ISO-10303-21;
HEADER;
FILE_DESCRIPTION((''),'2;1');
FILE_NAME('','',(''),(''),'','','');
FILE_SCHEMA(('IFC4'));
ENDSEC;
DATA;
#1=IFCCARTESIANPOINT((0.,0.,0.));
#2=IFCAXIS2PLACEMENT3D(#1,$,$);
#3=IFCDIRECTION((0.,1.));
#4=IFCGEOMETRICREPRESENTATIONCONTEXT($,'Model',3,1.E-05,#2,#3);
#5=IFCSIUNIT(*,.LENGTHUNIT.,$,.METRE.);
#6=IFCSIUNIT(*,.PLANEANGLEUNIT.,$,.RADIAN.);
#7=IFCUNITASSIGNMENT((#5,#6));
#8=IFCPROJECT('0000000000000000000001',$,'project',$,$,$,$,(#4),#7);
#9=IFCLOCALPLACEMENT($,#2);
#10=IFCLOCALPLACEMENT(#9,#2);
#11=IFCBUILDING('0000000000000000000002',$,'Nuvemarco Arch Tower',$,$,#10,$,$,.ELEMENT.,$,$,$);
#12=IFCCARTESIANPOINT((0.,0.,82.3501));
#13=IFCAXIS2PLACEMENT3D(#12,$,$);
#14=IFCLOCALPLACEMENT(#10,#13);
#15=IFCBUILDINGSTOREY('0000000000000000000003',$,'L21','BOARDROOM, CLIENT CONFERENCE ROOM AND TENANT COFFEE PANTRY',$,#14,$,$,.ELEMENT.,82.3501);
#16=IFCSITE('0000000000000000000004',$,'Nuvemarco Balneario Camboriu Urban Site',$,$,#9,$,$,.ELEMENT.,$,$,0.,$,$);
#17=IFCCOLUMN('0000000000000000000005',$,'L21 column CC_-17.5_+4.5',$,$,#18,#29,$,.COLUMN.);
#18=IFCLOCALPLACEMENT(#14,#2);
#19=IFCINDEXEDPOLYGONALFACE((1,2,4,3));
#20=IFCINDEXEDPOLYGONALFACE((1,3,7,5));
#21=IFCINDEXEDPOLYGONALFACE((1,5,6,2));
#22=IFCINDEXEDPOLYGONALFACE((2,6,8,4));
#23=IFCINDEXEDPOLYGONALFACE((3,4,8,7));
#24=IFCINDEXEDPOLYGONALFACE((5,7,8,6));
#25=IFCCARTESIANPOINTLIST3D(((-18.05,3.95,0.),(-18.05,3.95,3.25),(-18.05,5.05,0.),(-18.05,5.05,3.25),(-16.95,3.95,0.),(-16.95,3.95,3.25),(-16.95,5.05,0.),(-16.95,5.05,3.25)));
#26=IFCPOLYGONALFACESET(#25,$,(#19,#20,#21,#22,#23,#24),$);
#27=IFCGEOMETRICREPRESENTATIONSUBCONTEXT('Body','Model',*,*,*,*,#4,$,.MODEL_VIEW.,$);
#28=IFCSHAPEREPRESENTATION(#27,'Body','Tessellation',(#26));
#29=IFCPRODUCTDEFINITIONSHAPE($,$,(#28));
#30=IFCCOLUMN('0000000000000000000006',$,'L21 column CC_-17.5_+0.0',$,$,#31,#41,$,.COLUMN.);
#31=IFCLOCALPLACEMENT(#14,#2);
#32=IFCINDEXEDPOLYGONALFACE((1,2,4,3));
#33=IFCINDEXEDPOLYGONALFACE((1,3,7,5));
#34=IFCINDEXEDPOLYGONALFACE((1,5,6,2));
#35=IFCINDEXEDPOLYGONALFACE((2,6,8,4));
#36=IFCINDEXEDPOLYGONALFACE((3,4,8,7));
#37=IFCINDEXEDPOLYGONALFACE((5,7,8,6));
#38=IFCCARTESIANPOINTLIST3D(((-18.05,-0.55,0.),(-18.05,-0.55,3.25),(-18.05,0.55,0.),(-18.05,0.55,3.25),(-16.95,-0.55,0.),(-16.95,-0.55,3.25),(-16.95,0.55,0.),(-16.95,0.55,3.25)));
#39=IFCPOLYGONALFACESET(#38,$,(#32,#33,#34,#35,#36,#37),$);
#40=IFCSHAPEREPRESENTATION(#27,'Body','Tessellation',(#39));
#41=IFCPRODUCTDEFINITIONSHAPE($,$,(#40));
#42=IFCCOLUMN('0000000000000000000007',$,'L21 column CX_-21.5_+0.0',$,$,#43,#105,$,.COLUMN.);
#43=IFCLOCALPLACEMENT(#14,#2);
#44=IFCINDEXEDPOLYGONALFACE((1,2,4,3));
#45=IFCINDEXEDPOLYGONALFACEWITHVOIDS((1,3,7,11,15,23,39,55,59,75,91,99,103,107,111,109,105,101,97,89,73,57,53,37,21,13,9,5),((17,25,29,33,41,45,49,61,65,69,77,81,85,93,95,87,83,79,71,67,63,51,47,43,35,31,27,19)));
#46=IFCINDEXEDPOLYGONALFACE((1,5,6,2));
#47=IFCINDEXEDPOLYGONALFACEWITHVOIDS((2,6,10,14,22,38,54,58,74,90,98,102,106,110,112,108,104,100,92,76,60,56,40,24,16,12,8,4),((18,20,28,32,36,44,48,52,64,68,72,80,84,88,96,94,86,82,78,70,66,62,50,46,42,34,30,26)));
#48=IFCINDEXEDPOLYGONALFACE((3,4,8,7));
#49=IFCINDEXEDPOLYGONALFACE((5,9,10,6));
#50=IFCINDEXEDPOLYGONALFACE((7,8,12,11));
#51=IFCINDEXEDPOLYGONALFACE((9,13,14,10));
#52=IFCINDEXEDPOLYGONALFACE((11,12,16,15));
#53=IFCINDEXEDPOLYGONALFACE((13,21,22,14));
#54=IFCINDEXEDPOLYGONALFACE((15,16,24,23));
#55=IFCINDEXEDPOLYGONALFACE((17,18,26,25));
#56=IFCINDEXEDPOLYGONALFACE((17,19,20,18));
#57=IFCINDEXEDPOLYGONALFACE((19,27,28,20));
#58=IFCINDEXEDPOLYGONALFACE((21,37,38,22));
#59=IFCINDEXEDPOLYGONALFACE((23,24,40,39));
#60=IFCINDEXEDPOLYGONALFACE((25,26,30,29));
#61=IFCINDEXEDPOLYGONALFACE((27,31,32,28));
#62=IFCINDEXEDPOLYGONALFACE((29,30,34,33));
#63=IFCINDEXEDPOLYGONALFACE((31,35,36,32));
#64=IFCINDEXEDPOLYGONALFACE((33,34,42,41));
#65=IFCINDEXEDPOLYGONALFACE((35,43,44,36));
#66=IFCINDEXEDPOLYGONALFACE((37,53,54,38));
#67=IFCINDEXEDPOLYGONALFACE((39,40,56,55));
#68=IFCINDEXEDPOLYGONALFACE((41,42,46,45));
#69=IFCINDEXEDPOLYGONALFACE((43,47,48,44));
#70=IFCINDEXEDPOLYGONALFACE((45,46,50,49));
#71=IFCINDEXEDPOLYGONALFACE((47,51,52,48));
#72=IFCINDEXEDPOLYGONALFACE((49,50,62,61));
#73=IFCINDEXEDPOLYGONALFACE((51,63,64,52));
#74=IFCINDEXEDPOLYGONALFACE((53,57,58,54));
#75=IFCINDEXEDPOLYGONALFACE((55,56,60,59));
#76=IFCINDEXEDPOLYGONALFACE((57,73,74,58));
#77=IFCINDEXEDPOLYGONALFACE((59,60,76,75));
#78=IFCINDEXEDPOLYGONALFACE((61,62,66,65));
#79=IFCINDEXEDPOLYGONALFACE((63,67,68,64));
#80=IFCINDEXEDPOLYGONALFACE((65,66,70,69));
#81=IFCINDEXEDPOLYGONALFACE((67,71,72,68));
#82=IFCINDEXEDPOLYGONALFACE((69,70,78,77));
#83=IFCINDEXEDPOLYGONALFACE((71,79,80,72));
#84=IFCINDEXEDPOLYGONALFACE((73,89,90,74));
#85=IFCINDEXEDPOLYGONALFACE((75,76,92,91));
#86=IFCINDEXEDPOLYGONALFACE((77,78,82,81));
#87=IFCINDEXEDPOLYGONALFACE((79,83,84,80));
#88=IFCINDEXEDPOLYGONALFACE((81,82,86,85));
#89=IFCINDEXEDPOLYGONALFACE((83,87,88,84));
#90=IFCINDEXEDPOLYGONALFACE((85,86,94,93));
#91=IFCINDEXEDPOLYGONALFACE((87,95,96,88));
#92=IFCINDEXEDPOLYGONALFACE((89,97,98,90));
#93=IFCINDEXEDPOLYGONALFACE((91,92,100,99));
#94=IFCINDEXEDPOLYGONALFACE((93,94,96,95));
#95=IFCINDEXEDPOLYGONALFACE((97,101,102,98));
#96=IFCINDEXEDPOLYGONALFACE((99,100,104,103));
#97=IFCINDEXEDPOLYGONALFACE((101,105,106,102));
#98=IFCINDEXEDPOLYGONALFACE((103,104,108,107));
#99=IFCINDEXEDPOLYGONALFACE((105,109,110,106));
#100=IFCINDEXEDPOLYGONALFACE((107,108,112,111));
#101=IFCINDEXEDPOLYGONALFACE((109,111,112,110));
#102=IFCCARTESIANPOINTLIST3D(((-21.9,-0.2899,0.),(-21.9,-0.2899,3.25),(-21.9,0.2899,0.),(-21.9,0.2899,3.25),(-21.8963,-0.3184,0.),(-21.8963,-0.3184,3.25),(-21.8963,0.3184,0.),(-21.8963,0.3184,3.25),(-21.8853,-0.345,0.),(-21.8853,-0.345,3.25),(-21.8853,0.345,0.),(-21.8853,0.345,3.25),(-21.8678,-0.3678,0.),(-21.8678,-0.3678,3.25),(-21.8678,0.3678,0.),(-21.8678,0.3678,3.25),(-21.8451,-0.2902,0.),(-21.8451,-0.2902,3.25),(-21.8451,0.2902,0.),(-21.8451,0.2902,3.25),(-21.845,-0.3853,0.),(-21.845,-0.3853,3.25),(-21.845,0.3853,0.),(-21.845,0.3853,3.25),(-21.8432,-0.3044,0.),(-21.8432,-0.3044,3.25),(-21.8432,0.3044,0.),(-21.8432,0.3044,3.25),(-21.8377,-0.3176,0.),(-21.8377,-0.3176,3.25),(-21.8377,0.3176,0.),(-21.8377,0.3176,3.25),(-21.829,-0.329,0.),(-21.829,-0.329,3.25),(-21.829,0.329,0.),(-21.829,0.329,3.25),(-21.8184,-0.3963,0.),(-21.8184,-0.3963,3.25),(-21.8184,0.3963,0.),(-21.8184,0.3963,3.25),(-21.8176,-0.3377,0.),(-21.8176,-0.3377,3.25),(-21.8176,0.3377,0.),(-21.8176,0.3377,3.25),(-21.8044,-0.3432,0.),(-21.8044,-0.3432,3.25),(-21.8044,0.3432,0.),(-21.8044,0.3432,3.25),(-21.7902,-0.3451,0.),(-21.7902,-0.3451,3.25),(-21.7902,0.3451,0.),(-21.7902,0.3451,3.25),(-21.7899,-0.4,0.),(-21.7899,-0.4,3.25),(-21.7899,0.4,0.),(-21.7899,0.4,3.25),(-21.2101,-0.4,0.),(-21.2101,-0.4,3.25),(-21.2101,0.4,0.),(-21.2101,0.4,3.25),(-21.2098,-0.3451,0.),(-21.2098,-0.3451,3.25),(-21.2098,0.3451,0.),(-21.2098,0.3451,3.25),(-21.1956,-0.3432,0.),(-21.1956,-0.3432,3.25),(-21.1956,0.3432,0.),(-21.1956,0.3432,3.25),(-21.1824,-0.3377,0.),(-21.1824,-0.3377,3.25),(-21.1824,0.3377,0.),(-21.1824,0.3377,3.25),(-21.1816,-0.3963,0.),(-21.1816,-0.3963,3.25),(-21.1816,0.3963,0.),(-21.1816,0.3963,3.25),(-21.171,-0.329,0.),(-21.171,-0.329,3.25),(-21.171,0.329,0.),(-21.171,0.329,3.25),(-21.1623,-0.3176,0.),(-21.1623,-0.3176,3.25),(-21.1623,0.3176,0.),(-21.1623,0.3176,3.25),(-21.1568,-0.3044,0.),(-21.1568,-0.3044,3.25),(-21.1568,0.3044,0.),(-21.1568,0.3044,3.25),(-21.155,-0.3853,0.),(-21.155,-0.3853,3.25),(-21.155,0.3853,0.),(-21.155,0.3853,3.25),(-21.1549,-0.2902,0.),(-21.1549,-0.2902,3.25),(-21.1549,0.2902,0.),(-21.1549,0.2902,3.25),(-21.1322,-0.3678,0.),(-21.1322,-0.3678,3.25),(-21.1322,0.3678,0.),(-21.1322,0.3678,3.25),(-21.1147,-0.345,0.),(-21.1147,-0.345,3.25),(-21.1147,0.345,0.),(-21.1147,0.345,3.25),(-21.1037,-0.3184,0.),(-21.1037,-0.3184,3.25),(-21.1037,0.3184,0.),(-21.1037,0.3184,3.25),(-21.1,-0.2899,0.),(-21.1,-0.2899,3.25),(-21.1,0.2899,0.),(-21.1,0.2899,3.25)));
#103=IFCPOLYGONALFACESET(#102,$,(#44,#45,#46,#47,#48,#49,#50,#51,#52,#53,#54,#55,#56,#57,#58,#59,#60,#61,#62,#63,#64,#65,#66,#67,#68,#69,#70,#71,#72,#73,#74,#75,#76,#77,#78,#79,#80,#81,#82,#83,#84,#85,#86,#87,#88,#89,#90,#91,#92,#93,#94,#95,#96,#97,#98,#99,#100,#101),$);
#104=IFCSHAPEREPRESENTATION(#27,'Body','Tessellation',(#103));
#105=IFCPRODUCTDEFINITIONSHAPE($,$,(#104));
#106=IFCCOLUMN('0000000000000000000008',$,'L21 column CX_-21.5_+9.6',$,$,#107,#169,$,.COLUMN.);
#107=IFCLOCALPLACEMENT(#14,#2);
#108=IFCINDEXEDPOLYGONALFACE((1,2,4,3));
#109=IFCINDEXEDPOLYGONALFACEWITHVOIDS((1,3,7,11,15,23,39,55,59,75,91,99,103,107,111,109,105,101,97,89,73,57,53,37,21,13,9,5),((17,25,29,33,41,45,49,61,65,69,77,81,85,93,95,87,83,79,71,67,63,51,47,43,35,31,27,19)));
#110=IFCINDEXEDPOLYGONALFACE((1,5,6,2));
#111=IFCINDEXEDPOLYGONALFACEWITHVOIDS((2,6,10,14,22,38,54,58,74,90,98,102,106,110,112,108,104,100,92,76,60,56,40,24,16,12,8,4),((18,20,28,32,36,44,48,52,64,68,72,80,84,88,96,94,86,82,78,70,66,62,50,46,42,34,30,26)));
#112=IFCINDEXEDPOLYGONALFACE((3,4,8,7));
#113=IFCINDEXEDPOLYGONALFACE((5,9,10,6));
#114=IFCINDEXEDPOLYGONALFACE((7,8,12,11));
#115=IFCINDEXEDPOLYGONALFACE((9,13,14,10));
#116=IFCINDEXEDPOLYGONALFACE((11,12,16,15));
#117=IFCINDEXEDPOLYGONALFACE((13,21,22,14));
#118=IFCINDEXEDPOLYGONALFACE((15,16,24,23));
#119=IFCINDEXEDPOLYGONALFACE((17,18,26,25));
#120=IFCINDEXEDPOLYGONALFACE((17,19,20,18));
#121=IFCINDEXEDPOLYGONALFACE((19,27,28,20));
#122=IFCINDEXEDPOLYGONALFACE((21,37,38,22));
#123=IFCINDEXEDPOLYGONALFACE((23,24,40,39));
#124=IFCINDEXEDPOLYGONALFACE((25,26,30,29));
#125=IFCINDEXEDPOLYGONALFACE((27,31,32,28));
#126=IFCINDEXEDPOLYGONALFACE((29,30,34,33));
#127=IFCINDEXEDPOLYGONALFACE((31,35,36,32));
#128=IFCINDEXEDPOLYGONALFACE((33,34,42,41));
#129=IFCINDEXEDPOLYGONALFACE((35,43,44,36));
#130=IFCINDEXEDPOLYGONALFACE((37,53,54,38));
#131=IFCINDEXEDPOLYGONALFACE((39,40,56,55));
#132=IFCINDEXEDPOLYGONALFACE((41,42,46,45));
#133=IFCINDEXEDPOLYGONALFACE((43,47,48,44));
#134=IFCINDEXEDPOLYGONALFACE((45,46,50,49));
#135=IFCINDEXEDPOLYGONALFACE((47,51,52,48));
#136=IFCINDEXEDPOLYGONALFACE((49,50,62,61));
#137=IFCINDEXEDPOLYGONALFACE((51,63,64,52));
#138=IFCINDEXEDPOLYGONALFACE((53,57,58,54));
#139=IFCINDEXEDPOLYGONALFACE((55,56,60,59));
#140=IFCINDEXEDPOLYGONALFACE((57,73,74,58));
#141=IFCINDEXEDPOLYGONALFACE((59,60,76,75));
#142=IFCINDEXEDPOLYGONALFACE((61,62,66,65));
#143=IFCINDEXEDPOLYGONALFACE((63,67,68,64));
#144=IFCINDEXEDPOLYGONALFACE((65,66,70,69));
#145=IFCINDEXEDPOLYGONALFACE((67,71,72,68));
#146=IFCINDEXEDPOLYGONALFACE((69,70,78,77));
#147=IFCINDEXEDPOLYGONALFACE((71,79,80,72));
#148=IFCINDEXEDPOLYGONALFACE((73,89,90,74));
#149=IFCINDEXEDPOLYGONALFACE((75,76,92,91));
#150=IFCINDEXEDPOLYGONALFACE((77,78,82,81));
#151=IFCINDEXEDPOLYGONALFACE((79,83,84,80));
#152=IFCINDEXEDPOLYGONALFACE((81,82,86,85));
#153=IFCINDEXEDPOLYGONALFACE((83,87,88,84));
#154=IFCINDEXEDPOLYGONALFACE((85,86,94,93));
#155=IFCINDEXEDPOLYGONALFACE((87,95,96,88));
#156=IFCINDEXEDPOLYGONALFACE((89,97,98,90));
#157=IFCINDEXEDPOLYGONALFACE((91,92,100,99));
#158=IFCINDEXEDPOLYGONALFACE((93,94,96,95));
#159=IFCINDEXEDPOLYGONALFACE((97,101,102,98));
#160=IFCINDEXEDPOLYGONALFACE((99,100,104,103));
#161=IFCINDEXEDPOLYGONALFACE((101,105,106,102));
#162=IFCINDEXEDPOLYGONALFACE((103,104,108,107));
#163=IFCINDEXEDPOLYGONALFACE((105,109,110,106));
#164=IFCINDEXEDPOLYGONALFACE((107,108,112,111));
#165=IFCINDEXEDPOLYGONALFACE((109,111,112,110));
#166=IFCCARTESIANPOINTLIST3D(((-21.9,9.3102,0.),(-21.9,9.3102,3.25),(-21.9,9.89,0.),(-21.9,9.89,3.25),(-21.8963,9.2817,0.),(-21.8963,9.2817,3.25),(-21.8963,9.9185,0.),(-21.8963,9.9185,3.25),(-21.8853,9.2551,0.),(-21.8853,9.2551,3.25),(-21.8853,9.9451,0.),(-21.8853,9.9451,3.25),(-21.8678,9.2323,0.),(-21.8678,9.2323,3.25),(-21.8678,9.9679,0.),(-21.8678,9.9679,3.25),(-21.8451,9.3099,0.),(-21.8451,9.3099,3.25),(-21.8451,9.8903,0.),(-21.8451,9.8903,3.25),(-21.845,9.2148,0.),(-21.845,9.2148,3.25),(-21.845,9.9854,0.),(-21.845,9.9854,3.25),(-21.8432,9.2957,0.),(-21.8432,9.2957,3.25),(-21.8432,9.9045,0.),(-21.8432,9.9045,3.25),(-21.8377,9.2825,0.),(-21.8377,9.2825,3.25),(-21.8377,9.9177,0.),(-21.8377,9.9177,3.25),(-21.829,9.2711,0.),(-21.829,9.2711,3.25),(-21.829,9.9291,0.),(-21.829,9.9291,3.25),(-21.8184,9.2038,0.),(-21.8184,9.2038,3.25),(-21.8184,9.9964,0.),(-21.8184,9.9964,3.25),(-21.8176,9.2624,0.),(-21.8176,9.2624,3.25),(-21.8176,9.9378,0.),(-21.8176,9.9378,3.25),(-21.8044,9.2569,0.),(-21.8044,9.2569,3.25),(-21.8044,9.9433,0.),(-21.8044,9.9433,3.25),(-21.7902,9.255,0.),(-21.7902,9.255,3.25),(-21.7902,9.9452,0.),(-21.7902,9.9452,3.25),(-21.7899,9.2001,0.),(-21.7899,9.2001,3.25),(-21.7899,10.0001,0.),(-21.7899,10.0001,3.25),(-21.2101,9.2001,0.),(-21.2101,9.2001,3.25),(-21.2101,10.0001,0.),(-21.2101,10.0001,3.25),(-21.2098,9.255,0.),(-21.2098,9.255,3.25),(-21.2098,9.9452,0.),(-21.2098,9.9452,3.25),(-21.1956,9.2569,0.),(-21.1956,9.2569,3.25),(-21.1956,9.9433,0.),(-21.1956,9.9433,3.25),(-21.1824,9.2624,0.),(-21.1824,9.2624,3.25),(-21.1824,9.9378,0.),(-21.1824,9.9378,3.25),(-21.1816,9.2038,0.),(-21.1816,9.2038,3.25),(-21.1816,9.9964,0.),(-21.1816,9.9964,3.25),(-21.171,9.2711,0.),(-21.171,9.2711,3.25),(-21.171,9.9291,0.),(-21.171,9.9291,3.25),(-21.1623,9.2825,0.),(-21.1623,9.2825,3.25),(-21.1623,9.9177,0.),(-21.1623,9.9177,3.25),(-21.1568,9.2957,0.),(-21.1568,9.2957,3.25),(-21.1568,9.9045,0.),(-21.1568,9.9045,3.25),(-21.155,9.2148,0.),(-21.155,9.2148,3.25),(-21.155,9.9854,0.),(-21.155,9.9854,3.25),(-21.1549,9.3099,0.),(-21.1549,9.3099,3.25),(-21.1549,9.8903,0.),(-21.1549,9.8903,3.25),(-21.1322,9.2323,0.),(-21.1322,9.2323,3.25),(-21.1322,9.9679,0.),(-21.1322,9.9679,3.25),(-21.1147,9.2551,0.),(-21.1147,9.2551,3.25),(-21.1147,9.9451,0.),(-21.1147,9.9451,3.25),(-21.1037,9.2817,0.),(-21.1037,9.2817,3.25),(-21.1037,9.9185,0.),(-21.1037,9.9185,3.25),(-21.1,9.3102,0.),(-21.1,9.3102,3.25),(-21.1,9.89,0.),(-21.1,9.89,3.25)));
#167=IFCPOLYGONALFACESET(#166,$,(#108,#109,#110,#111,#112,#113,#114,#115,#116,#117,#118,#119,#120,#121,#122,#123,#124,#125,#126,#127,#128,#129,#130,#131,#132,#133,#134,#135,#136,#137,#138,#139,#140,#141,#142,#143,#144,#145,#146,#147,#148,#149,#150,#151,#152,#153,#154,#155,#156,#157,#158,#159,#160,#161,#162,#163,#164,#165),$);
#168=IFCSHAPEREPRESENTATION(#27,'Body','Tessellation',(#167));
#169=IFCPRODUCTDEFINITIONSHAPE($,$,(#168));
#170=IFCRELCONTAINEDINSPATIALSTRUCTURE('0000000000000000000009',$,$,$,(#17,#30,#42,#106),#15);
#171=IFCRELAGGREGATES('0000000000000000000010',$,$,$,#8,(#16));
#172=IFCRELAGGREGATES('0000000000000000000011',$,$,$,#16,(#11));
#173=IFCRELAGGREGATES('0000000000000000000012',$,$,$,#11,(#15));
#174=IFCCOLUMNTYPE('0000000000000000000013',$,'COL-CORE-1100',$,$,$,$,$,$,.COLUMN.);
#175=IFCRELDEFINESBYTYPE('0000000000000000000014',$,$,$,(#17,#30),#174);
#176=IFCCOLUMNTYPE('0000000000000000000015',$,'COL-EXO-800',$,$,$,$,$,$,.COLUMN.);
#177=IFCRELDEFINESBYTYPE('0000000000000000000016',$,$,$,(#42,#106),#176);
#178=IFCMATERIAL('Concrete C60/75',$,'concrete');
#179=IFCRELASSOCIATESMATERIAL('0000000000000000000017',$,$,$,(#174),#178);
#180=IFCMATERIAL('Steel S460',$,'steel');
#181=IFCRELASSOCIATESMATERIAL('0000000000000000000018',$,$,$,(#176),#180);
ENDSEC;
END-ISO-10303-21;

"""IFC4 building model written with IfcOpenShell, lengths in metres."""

from ifc_helpers import new_model, si_unit, direction, frame, origin, origin_2d, place, context, subcontext, project, spatial, rectangle, hollow_rectangle, extrude, material, material_profile, profile_set, type_object, element, save


model = new_model("IFC4")

# Units and contexts
model_context = context("Model", 3, precision=1e-05, world=origin(), true_north=direction((0.0, 1.0)))
body_context = subcontext(model_context, "Body", "Model", "MODEL_VIEW")
ifc_project = project(units=[si_unit("LENGTHUNIT", "METRE"), si_unit("PLANEANGLEUNIT", "RADIAN")], contexts=[model_context])

# Site, building, storey
site_placement = place(None, origin())
site = spatial("IfcSite", under=ifc_project, at=site_placement, Name="Nuvemarco Balneario Camboriu Urban Site", CompositionType="ELEMENT", RefElevation=0.0)
building_placement = place(site_placement, origin())
building = spatial("IfcBuilding", under=site, at=building_placement, Name="Nuvemarco Arch Tower", CompositionType="ELEMENT")
storey_placement = place(building_placement, frame((0.0, 0.0, 82.3501)))
storey = spatial("IfcBuildingStorey", under=building, at=storey_placement, Name="L21", Description="BOARDROOM, CLIENT CONFERENCE ROOM AND TENANT COFFEE PANTRY", CompositionType="ELEMENT", Elevation=82.3501)

# Columns
ifc_material_1 = material(Name="Concrete C60/75", Category="concrete")
ifc_material_profile_1 = material_profile(ifc_material_1, rectangle(XDim=1.1001, YDim=1.1001, at=origin_2d()), Name="RC-COL-1100x1100")
ifc_profile_set_1 = profile_set([ifc_material_profile_1], Name="Concrete C60/75")
column_type_1 = type_object("IfcColumnType", Name="COL-CORE-1100", PredefinedType="COLUMN", material=ifc_profile_set_1)
for number, where, z_axis, x_axis, name in (
    (1, (-17.5, 4.5, 0.0), (0.0, 0.0, 1.0), (1.0, 0.0, 0.0), "L21 column CC_-17.5_+4.5"),
    (2, (-17.5, 0.0, 0.0), (0.0, 0.0, 1.0), (1.0, 0.0, 0.0), "L21 column CC_-17.5_+0.0"),
):
    element("IfcColumn", number, at=place(storey_placement, frame(where, z_axis=z_axis, x_axis=x_axis)), inside=storey, type_object=column_type_1, Name=name, PredefinedType="COLUMN", context=body_context, shape_type="SweptSolid", body=[
        extrude(rectangle(XDim=1.1001, YDim=1.1001, at=origin_2d()), origin(), (0.0, 0.0, 1.0), 3.25),
    ])
ifc_material_2 = material(Name="Steel S460", Category="steel")
ifc_material_profile_2 = material_profile(ifc_material_2, hollow_rectangle(XDim=0.8, YDim=0.8, WallThickness=0.0549, InnerFilletRadius=0.0549, OuterFilletRadius=0.1101, at=origin_2d()), Name="SHS800x800x55")
ifc_profile_set_2 = profile_set([ifc_material_profile_2], Name="Steel S460")
column_type_2 = type_object("IfcColumnType", Name="COL-EXO-800", PredefinedType="COLUMN", material=ifc_profile_set_2)
for number, where, z_axis, x_axis, name in (
    (3, (-21.5, 0.0, 0.0), (0.0, 0.0, 1.0), (1.0, 0.0, 0.0), "L21 column CX_-21.5_+0.0"),
    (4, (-21.5, 9.6001, 0.0), (0.0, 0.0, 1.0), (1.0, 0.0, 0.0), "L21 column CX_-21.5_+9.6"),
):
    element("IfcColumn", number, at=place(storey_placement, frame(where, z_axis=z_axis, x_axis=x_axis)), inside=storey, type_object=column_type_2, Name=name, PredefinedType="COLUMN", context=body_context, shape_type="SweptSolid", body=[
        extrude(hollow_rectangle(XDim=0.8, YDim=0.8, WallThickness=0.0549, InnerFilletRadius=0.0549, OuterFilletRadius=0.1101, at=origin_2d()), origin(), (0.0, 0.0, 1.0), 3.25),
    ])

save(model, "model.ifc")
